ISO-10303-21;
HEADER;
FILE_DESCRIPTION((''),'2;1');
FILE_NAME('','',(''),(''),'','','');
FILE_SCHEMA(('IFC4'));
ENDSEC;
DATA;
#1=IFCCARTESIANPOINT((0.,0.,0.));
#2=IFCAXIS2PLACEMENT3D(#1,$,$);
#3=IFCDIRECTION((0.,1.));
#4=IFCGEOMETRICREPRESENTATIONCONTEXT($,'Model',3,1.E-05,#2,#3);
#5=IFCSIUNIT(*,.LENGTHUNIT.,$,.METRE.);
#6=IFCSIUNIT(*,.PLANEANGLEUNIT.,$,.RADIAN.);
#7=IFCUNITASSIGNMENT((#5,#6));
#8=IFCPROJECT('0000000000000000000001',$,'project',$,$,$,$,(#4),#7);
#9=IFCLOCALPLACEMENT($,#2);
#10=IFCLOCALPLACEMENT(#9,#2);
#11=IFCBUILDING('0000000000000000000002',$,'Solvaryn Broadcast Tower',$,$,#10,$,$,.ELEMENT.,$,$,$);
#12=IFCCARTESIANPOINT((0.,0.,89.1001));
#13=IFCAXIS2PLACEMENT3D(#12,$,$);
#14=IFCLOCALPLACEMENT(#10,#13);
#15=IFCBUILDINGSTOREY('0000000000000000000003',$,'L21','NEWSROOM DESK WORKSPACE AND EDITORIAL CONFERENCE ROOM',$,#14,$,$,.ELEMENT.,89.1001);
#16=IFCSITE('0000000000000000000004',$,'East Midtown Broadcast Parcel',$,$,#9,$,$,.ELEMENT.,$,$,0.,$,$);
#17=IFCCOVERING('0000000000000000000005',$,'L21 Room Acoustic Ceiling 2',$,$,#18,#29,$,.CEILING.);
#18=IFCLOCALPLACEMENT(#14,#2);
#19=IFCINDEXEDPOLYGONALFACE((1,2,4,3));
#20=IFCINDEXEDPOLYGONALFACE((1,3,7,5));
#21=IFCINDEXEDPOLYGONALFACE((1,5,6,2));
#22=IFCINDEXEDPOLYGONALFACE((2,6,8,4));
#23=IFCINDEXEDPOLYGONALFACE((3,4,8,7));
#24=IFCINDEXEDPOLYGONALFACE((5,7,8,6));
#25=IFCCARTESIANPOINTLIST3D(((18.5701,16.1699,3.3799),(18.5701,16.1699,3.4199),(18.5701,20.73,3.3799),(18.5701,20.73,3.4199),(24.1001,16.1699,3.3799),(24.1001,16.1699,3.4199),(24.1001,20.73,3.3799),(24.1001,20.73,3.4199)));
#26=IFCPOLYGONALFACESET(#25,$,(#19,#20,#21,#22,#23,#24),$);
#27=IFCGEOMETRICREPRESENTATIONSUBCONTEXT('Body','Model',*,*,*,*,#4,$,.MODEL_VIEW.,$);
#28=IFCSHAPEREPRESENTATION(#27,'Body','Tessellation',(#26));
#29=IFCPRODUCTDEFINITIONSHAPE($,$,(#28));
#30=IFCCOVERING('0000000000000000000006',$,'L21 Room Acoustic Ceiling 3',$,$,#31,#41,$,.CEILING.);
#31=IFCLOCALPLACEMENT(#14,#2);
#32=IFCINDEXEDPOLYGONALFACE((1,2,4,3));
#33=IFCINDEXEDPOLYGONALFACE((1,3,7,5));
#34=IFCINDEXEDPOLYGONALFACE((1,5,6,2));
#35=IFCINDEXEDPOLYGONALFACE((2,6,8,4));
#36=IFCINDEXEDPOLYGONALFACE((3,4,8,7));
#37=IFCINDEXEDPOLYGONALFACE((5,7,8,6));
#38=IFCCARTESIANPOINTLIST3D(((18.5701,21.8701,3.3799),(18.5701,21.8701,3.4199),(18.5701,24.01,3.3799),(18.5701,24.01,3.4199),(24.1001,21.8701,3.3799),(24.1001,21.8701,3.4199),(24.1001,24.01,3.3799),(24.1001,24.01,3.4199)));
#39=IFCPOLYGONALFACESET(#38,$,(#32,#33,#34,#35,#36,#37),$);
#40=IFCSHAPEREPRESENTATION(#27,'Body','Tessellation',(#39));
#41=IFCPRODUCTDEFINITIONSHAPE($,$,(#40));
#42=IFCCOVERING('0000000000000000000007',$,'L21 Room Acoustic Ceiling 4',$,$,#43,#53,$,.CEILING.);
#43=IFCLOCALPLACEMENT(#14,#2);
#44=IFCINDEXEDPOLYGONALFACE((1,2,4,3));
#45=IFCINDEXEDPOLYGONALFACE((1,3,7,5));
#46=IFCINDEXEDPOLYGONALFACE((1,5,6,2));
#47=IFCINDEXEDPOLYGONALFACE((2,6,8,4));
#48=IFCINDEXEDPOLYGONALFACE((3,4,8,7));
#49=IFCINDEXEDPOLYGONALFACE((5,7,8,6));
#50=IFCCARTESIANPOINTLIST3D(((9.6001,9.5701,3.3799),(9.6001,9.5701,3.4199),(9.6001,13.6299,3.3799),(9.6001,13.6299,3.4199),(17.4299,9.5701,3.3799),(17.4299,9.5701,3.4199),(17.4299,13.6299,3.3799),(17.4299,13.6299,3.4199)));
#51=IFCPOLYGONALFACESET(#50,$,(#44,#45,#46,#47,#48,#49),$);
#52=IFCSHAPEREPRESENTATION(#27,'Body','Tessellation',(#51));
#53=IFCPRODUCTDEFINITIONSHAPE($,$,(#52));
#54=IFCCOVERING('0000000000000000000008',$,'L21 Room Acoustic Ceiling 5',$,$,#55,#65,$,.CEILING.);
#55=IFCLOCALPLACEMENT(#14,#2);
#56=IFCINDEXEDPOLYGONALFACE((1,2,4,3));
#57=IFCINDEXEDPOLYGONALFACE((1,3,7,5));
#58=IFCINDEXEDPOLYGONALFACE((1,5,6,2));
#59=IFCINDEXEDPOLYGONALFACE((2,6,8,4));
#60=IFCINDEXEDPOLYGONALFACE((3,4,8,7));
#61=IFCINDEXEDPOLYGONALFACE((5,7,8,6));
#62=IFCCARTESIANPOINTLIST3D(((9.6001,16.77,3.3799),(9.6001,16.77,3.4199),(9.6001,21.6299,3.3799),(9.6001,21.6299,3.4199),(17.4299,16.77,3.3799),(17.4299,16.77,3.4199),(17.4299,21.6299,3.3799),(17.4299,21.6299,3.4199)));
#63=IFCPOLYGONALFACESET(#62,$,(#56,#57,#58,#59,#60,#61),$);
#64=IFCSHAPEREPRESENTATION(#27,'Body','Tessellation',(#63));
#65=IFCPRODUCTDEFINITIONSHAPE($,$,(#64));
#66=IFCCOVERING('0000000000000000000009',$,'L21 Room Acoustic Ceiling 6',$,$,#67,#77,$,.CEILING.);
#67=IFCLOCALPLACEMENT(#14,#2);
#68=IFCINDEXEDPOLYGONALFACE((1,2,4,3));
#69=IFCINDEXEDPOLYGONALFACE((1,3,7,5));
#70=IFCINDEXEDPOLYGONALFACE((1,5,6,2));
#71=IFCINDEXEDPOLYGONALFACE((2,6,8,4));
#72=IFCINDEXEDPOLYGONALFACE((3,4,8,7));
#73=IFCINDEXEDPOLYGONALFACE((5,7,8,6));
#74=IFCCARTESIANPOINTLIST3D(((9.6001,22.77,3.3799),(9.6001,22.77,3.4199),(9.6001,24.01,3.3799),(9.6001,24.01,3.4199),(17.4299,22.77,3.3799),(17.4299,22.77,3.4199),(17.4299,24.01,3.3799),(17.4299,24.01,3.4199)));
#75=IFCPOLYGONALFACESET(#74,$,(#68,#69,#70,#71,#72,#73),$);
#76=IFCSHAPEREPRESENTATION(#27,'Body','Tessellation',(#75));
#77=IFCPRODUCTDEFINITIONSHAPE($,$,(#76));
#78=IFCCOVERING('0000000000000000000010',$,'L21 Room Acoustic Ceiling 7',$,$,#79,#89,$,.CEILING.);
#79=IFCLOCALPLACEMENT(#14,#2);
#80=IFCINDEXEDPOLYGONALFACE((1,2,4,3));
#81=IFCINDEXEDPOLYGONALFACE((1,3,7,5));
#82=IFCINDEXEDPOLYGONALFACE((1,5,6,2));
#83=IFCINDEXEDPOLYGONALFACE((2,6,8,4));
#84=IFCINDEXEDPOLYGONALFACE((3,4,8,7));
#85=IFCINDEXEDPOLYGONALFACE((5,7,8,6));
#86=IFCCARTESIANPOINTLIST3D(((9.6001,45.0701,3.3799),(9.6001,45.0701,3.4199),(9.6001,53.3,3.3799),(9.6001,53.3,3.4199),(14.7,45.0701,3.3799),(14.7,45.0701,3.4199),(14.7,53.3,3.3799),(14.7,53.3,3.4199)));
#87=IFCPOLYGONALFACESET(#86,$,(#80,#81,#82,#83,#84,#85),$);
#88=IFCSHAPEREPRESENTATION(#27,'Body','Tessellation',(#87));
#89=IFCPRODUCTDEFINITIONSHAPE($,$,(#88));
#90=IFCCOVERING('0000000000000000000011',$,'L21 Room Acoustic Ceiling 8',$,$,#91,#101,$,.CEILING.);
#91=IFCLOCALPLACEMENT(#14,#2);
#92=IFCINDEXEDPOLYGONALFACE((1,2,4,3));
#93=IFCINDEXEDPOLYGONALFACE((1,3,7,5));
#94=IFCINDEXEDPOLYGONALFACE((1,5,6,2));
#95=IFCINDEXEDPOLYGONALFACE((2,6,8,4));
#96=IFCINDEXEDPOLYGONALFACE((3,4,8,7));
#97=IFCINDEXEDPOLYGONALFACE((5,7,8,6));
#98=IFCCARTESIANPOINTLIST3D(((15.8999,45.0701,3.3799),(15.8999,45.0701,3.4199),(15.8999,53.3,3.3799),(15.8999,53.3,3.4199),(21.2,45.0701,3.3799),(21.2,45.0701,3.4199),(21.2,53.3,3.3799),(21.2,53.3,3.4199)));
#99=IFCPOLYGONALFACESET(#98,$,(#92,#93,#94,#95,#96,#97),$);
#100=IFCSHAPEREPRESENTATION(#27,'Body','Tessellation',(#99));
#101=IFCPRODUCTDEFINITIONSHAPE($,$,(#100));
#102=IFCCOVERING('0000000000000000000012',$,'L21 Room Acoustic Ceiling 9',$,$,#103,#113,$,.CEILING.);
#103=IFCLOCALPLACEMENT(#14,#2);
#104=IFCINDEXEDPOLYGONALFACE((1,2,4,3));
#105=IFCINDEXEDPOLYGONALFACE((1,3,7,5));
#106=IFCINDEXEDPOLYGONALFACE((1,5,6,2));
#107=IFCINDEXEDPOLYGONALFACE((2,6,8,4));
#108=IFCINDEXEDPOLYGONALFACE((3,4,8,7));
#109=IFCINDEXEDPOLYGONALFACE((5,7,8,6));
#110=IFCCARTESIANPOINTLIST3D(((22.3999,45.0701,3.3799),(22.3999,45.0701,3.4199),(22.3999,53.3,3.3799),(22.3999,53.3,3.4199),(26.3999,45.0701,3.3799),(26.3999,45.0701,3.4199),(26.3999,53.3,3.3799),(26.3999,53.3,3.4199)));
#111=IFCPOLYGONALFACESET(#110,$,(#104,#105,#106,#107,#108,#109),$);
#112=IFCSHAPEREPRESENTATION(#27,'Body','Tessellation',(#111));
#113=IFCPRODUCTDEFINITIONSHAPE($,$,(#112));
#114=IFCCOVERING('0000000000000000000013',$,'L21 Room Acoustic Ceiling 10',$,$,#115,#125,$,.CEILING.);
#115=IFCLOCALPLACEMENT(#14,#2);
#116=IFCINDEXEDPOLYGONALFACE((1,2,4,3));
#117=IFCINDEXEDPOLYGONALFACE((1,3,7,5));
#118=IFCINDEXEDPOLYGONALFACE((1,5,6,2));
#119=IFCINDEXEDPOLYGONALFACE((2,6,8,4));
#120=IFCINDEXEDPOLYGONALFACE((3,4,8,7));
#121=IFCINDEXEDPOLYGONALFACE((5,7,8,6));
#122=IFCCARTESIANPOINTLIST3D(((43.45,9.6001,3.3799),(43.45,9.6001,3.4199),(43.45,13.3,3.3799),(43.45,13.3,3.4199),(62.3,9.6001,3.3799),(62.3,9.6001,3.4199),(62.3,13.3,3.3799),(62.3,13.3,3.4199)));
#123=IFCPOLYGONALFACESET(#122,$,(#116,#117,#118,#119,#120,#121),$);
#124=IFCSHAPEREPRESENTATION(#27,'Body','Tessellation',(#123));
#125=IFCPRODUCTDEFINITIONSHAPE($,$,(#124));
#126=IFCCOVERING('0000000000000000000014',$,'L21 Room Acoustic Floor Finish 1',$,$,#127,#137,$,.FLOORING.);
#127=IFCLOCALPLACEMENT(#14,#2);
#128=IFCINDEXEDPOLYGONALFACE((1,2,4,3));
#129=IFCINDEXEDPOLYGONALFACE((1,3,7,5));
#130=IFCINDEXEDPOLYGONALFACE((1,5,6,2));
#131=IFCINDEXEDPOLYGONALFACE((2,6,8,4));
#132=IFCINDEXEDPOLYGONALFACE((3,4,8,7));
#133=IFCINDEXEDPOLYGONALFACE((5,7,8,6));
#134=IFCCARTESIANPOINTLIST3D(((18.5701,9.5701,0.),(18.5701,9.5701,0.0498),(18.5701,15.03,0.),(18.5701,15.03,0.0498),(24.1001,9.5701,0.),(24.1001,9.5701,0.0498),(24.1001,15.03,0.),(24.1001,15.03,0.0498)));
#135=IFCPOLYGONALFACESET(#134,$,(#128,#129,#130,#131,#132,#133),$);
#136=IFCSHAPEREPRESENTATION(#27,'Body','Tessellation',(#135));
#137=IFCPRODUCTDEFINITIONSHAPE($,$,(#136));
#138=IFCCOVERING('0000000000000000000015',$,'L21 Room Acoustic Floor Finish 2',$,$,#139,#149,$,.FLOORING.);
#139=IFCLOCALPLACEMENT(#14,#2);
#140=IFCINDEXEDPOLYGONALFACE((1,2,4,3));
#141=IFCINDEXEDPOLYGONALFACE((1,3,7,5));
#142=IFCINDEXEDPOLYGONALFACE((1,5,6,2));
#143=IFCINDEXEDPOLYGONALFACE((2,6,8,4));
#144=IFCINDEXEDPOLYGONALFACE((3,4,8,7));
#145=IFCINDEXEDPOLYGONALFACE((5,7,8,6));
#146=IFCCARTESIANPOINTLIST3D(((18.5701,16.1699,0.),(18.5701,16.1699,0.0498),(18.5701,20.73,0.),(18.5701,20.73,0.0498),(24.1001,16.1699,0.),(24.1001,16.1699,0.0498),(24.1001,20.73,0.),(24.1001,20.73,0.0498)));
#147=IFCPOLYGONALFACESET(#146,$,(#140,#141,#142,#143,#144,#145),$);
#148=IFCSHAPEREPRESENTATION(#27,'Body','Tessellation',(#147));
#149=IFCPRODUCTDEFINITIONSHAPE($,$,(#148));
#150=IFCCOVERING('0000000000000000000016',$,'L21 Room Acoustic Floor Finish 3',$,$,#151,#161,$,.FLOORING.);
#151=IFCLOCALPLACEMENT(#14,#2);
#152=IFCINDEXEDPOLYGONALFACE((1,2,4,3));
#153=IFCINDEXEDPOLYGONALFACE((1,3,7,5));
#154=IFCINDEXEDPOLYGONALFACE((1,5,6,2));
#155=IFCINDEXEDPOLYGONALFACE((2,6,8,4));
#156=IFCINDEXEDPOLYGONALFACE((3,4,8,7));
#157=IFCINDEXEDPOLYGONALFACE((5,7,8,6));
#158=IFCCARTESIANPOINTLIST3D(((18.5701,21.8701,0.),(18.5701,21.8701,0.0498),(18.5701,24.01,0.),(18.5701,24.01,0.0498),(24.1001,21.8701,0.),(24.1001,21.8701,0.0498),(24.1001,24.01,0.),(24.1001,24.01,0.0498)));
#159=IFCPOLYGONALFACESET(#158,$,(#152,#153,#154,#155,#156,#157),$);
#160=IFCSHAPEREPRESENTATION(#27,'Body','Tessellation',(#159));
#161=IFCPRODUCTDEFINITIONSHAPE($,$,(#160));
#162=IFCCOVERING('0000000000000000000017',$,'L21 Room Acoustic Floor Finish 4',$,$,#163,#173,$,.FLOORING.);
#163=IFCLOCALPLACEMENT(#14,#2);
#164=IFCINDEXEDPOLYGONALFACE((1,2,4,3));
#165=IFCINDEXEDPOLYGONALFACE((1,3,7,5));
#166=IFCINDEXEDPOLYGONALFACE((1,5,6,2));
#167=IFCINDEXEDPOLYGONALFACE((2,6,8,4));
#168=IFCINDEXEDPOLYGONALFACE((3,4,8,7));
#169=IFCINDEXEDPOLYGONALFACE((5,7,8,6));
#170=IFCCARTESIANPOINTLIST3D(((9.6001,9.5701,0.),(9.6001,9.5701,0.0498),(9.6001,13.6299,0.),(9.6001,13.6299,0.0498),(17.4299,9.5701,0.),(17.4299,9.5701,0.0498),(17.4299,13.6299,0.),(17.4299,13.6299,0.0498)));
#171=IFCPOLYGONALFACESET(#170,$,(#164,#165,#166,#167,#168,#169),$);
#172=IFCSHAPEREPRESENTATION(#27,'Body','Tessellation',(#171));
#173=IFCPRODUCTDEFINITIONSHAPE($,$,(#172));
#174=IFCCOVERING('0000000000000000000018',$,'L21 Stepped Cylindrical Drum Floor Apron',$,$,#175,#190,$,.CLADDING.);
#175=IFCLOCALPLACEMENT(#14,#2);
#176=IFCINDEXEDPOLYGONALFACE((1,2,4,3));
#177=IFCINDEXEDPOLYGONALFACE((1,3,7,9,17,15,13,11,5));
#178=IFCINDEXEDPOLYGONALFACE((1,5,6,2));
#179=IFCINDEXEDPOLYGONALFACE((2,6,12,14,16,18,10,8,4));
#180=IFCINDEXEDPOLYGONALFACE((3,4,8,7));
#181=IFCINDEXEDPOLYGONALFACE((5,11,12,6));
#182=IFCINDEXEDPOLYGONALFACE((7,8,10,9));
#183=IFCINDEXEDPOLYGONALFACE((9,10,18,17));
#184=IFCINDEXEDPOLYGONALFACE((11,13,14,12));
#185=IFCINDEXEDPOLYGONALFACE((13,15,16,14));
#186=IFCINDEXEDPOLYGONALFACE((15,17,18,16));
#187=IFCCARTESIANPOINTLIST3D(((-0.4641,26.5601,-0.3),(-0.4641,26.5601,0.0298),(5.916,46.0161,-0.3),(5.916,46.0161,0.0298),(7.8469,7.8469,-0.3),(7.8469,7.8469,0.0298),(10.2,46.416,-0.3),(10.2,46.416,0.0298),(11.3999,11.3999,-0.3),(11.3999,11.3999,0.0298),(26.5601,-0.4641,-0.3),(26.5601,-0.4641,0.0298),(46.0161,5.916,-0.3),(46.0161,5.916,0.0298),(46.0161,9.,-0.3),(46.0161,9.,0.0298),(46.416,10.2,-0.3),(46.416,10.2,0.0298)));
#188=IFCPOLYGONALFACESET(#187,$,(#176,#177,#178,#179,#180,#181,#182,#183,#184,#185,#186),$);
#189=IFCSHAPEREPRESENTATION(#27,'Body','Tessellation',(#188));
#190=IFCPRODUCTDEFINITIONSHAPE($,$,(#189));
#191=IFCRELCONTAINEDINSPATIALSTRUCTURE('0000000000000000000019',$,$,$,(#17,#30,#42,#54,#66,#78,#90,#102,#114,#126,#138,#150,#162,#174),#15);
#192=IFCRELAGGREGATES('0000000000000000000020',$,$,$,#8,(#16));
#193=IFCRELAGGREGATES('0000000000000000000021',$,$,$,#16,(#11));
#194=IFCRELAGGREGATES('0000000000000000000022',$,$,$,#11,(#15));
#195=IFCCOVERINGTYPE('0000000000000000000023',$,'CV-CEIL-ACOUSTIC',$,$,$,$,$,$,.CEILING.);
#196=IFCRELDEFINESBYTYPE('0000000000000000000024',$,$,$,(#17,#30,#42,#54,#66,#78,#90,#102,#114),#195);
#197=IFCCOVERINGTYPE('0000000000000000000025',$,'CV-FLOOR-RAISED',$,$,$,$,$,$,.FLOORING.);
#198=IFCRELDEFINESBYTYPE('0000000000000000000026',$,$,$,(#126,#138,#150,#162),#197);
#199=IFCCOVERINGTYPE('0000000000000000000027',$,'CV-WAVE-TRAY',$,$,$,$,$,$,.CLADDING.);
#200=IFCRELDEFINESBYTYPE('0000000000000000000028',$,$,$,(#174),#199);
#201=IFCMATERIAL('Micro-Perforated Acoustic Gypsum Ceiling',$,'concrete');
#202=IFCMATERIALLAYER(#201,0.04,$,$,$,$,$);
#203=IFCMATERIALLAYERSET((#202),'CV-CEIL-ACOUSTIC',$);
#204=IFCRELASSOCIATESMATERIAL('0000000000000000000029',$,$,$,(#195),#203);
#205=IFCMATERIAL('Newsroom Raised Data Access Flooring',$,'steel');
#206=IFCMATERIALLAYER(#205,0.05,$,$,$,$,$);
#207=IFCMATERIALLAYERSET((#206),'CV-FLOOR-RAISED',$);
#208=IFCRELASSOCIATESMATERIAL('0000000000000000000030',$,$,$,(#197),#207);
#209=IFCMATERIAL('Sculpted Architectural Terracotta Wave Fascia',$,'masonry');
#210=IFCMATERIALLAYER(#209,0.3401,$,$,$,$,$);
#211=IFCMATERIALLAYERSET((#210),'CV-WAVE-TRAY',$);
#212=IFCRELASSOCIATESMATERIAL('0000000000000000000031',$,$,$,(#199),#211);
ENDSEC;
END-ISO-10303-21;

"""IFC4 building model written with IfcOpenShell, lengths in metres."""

from ifc_helpers import new_model, si_unit, direction, frame, origin, place, context, subcontext, project, spatial, polyline, outline, extrude, material, layer, layer_set, type_object, element, save


model = new_model("IFC4")

# Units and contexts
model_context = context("Model", 3, precision=1e-05, world=origin(), true_north=direction((0.0, 1.0)))
body_context = subcontext(model_context, "Body", "Model", "MODEL_VIEW")
ifc_project = project(units=[si_unit("LENGTHUNIT", "METRE"), si_unit("PLANEANGLEUNIT", "RADIAN")], contexts=[model_context])

# Site, building, storey
site_placement = place(None, origin())
site = spatial("IfcSite", under=ifc_project, at=site_placement, Name="East Midtown Broadcast Parcel", CompositionType="ELEMENT", RefElevation=0.0)
building_placement = place(site_placement, origin())
building = spatial("IfcBuilding", under=site, at=building_placement, Name="Solvaryn Broadcast Tower", CompositionType="ELEMENT")
storey_placement = place(building_placement, frame((0.0, 0.0, 89.1001)))
storey = spatial("IfcBuildingStorey", under=building, at=storey_placement, Name="L21", Description="NEWSROOM DESK WORKSPACE AND EDITORIAL CONFERENCE ROOM", CompositionType="ELEMENT", Elevation=89.1001)

# Coverings
ifc_material_1 = material(Name="Micro-Perforated Acoustic Gypsum Ceiling", Category="concrete")
ifc_layer_1 = layer(ifc_material_1, 0.04)
ifc_layer_set_1 = layer_set([ifc_layer_1], Name="CV-CEIL-ACOUSTIC")
covering_type_1 = type_object("IfcCoveringType", Name="CV-CEIL-ACOUSTIC", PredefinedType="CEILING", material=ifc_layer_set_1)
covering_1_placement = place(storey_placement, frame((0.0, 0.0, 3.3799)))
element("IfcCovering", 1, at=covering_1_placement, inside=storey, type_object=covering_type_1, Name="L21 Room Acoustic Ceiling 2", PredefinedType="CEILING", context=body_context, shape_type="SweptSolid", body=[
    extrude(outline(polyline([(18.5701, 16.1699), (24.1001, 16.1699), (24.1001, 20.73), (18.5701, 20.73), (18.5701, 16.1699)])), origin(), (0.0, 0.0, 1.0), 0.04),
])
covering_2_placement = place(storey_placement, frame((0.0, 0.0, 3.3799)))
element("IfcCovering", 2, at=covering_2_placement, inside=storey, type_object=covering_type_1, Name="L21 Room Acoustic Ceiling 3", PredefinedType="CEILING", context=body_context, shape_type="SweptSolid", body=[
    extrude(outline(polyline([(18.5701, 21.8701), (24.1001, 21.8701), (24.1001, 24.01), (18.5701, 24.01), (18.5701, 21.8701)])), origin(), (0.0, 0.0, 1.0), 0.04),
])
covering_3_placement = place(storey_placement, frame((0.0, 0.0, 3.3799)))
element("IfcCovering", 3, at=covering_3_placement, inside=storey, type_object=covering_type_1, Name="L21 Room Acoustic Ceiling 4", PredefinedType="CEILING", context=body_context, shape_type="SweptSolid", body=[
    extrude(outline(polyline([(9.6001, 9.5701), (17.4299, 9.5701), (17.4299, 13.6299), (9.6001, 13.6299), (9.6001, 9.5701)])), origin(), (0.0, 0.0, 1.0), 0.04),
])
covering_4_placement = place(storey_placement, frame((0.0, 0.0, 3.3799)))
element("IfcCovering", 4, at=covering_4_placement, inside=storey, type_object=covering_type_1, Name="L21 Room Acoustic Ceiling 5", PredefinedType="CEILING", context=body_context, shape_type="SweptSolid", body=[
    extrude(outline(polyline([(9.6001, 16.77), (17.4299, 16.77), (17.4299, 21.6299), (9.6001, 21.6299), (9.6001, 16.77)])), origin(), (0.0, 0.0, 1.0), 0.04),
])
covering_5_placement = place(storey_placement, frame((0.0, 0.0, 3.3799)))
element("IfcCovering", 5, at=covering_5_placement, inside=storey, type_object=covering_type_1, Name="L21 Room Acoustic Ceiling 6", PredefinedType="CEILING", context=body_context, shape_type="SweptSolid", body=[
    extrude(outline(polyline([(9.6001, 22.77), (17.4299, 22.77), (17.4299, 24.01), (9.6001, 24.01), (9.6001, 22.77)])), origin(), (0.0, 0.0, 1.0), 0.04),
])
covering_6_placement = place(storey_placement, frame((0.0, 0.0, 3.3799)))
element("IfcCovering", 6, at=covering_6_placement, inside=storey, type_object=covering_type_1, Name="L21 Room Acoustic Ceiling 7", PredefinedType="CEILING", context=body_context, shape_type="SweptSolid", body=[
    extrude(outline(polyline([(9.6001, 45.0701), (14.7, 45.0701), (14.7, 53.3), (9.6001, 53.3), (9.6001, 45.0701)])), origin(), (0.0, 0.0, 1.0), 0.04),
])
covering_7_placement = place(storey_placement, frame((0.0, 0.0, 3.3799)))
element("IfcCovering", 7, at=covering_7_placement, inside=storey, type_object=covering_type_1, Name="L21 Room Acoustic Ceiling 8", PredefinedType="CEILING", context=body_context, shape_type="SweptSolid", body=[
    extrude(outline(polyline([(15.8999, 45.0701), (21.2, 45.0701), (21.2, 53.3), (15.8999, 53.3), (15.8999, 45.0701)])), origin(), (0.0, 0.0, 1.0), 0.04),
])
covering_8_placement = place(storey_placement, frame((0.0, 0.0, 3.3799)))
element("IfcCovering", 8, at=covering_8_placement, inside=storey, type_object=covering_type_1, Name="L21 Room Acoustic Ceiling 9", PredefinedType="CEILING", context=body_context, shape_type="SweptSolid", body=[
    extrude(outline(polyline([(22.3999, 45.0701), (26.3999, 45.0701), (26.3999, 53.3), (22.3999, 53.3), (22.3999, 45.0701)])), origin(), (0.0, 0.0, 1.0), 0.04),
])
covering_9_placement = place(storey_placement, frame((0.0, 0.0, 3.3799)))
element("IfcCovering", 9, at=covering_9_placement, inside=storey, type_object=covering_type_1, Name="L21 Room Acoustic Ceiling 10", PredefinedType="CEILING", context=body_context, shape_type="SweptSolid", body=[
    extrude(outline(polyline([(43.45, 9.6001), (62.3, 9.6001), (62.3, 13.3), (43.45, 13.3), (43.45, 9.6001)])), origin(), (0.0, 0.0, 1.0), 0.04),
])
ifc_material_2 = material(Name="Newsroom Raised Data Access Flooring", Category="steel")
ifc_layer_2 = layer(ifc_material_2, 0.05)
ifc_layer_set_2 = layer_set([ifc_layer_2], Name="CV-FLOOR-RAISED")
covering_type_2 = type_object("IfcCoveringType", Name="CV-FLOOR-RAISED", PredefinedType="FLOORING", material=ifc_layer_set_2)
covering_10_placement = place(storey_placement, origin())
element("IfcCovering", 10, at=covering_10_placement, inside=storey, type_object=covering_type_2, Name="L21 Room Acoustic Floor Finish 1", PredefinedType="FLOORING", context=body_context, shape_type="SweptSolid", body=[
    extrude(outline(polyline([(18.5701, 9.5701), (24.1001, 9.5701), (24.1001, 15.03), (18.5701, 15.03), (18.5701, 9.5701)])), origin(), (0.0, 0.0, 1.0), 0.0498),
])
covering_11_placement = place(storey_placement, origin())
element("IfcCovering", 11, at=covering_11_placement, inside=storey, type_object=covering_type_2, Name="L21 Room Acoustic Floor Finish 2", PredefinedType="FLOORING", context=body_context, shape_type="SweptSolid", body=[
    extrude(outline(polyline([(18.5701, 16.1699), (24.1001, 16.1699), (24.1001, 20.73), (18.5701, 20.73), (18.5701, 16.1699)])), origin(), (0.0, 0.0, 1.0), 0.0498),
])
covering_12_placement = place(storey_placement, origin())
element("IfcCovering", 12, at=covering_12_placement, inside=storey, type_object=covering_type_2, Name="L21 Room Acoustic Floor Finish 3", PredefinedType="FLOORING", context=body_context, shape_type="SweptSolid", body=[
    extrude(outline(polyline([(18.5701, 21.8701), (24.1001, 21.8701), (24.1001, 24.01), (18.5701, 24.01), (18.5701, 21.8701)])), origin(), (0.0, 0.0, 1.0), 0.0498),
])
covering_13_placement = place(storey_placement, origin())
element("IfcCovering", 13, at=covering_13_placement, inside=storey, type_object=covering_type_2, Name="L21 Room Acoustic Floor Finish 4", PredefinedType="FLOORING", context=body_context, shape_type="SweptSolid", body=[
    extrude(outline(polyline([(9.6001, 9.5701), (17.4299, 9.5701), (17.4299, 13.6299), (9.6001, 13.6299), (9.6001, 9.5701)])), origin(), (0.0, 0.0, 1.0), 0.0498),
])
ifc_material_3 = material(Name="Sculpted Architectural Terracotta Wave Fascia", Category="masonry")
ifc_layer_3 = layer(ifc_material_3, 0.3401)
ifc_layer_set_3 = layer_set([ifc_layer_3], Name="CV-WAVE-TRAY")
covering_type_3 = type_object("IfcCoveringType", Name="CV-WAVE-TRAY", PredefinedType="CLADDING", material=ifc_layer_set_3)
covering_14_placement = place(storey_placement, frame((0.0, 0.0, -0.3)))
element("IfcCovering", 14, at=covering_14_placement, inside=storey, type_object=covering_type_3, Name="L21 Stepped Cylindrical Drum Floor Apron", PredefinedType="CLADDING", context=body_context, shape_type="SweptSolid", body=[
    extrude(outline(polyline([(10.2, 46.416), (5.916, 46.0161), (-0.4641, 26.5601), (7.8469, 7.8469), (26.5601, -0.4641), (46.0161, 5.916), (46.0161, 9.0), (46.416, 10.2), (11.3999, 11.3999), (10.2, 46.416)])), origin(), (0.0, 0.0, 1.0), 0.3298),
])

save(model, "model.ifc")
